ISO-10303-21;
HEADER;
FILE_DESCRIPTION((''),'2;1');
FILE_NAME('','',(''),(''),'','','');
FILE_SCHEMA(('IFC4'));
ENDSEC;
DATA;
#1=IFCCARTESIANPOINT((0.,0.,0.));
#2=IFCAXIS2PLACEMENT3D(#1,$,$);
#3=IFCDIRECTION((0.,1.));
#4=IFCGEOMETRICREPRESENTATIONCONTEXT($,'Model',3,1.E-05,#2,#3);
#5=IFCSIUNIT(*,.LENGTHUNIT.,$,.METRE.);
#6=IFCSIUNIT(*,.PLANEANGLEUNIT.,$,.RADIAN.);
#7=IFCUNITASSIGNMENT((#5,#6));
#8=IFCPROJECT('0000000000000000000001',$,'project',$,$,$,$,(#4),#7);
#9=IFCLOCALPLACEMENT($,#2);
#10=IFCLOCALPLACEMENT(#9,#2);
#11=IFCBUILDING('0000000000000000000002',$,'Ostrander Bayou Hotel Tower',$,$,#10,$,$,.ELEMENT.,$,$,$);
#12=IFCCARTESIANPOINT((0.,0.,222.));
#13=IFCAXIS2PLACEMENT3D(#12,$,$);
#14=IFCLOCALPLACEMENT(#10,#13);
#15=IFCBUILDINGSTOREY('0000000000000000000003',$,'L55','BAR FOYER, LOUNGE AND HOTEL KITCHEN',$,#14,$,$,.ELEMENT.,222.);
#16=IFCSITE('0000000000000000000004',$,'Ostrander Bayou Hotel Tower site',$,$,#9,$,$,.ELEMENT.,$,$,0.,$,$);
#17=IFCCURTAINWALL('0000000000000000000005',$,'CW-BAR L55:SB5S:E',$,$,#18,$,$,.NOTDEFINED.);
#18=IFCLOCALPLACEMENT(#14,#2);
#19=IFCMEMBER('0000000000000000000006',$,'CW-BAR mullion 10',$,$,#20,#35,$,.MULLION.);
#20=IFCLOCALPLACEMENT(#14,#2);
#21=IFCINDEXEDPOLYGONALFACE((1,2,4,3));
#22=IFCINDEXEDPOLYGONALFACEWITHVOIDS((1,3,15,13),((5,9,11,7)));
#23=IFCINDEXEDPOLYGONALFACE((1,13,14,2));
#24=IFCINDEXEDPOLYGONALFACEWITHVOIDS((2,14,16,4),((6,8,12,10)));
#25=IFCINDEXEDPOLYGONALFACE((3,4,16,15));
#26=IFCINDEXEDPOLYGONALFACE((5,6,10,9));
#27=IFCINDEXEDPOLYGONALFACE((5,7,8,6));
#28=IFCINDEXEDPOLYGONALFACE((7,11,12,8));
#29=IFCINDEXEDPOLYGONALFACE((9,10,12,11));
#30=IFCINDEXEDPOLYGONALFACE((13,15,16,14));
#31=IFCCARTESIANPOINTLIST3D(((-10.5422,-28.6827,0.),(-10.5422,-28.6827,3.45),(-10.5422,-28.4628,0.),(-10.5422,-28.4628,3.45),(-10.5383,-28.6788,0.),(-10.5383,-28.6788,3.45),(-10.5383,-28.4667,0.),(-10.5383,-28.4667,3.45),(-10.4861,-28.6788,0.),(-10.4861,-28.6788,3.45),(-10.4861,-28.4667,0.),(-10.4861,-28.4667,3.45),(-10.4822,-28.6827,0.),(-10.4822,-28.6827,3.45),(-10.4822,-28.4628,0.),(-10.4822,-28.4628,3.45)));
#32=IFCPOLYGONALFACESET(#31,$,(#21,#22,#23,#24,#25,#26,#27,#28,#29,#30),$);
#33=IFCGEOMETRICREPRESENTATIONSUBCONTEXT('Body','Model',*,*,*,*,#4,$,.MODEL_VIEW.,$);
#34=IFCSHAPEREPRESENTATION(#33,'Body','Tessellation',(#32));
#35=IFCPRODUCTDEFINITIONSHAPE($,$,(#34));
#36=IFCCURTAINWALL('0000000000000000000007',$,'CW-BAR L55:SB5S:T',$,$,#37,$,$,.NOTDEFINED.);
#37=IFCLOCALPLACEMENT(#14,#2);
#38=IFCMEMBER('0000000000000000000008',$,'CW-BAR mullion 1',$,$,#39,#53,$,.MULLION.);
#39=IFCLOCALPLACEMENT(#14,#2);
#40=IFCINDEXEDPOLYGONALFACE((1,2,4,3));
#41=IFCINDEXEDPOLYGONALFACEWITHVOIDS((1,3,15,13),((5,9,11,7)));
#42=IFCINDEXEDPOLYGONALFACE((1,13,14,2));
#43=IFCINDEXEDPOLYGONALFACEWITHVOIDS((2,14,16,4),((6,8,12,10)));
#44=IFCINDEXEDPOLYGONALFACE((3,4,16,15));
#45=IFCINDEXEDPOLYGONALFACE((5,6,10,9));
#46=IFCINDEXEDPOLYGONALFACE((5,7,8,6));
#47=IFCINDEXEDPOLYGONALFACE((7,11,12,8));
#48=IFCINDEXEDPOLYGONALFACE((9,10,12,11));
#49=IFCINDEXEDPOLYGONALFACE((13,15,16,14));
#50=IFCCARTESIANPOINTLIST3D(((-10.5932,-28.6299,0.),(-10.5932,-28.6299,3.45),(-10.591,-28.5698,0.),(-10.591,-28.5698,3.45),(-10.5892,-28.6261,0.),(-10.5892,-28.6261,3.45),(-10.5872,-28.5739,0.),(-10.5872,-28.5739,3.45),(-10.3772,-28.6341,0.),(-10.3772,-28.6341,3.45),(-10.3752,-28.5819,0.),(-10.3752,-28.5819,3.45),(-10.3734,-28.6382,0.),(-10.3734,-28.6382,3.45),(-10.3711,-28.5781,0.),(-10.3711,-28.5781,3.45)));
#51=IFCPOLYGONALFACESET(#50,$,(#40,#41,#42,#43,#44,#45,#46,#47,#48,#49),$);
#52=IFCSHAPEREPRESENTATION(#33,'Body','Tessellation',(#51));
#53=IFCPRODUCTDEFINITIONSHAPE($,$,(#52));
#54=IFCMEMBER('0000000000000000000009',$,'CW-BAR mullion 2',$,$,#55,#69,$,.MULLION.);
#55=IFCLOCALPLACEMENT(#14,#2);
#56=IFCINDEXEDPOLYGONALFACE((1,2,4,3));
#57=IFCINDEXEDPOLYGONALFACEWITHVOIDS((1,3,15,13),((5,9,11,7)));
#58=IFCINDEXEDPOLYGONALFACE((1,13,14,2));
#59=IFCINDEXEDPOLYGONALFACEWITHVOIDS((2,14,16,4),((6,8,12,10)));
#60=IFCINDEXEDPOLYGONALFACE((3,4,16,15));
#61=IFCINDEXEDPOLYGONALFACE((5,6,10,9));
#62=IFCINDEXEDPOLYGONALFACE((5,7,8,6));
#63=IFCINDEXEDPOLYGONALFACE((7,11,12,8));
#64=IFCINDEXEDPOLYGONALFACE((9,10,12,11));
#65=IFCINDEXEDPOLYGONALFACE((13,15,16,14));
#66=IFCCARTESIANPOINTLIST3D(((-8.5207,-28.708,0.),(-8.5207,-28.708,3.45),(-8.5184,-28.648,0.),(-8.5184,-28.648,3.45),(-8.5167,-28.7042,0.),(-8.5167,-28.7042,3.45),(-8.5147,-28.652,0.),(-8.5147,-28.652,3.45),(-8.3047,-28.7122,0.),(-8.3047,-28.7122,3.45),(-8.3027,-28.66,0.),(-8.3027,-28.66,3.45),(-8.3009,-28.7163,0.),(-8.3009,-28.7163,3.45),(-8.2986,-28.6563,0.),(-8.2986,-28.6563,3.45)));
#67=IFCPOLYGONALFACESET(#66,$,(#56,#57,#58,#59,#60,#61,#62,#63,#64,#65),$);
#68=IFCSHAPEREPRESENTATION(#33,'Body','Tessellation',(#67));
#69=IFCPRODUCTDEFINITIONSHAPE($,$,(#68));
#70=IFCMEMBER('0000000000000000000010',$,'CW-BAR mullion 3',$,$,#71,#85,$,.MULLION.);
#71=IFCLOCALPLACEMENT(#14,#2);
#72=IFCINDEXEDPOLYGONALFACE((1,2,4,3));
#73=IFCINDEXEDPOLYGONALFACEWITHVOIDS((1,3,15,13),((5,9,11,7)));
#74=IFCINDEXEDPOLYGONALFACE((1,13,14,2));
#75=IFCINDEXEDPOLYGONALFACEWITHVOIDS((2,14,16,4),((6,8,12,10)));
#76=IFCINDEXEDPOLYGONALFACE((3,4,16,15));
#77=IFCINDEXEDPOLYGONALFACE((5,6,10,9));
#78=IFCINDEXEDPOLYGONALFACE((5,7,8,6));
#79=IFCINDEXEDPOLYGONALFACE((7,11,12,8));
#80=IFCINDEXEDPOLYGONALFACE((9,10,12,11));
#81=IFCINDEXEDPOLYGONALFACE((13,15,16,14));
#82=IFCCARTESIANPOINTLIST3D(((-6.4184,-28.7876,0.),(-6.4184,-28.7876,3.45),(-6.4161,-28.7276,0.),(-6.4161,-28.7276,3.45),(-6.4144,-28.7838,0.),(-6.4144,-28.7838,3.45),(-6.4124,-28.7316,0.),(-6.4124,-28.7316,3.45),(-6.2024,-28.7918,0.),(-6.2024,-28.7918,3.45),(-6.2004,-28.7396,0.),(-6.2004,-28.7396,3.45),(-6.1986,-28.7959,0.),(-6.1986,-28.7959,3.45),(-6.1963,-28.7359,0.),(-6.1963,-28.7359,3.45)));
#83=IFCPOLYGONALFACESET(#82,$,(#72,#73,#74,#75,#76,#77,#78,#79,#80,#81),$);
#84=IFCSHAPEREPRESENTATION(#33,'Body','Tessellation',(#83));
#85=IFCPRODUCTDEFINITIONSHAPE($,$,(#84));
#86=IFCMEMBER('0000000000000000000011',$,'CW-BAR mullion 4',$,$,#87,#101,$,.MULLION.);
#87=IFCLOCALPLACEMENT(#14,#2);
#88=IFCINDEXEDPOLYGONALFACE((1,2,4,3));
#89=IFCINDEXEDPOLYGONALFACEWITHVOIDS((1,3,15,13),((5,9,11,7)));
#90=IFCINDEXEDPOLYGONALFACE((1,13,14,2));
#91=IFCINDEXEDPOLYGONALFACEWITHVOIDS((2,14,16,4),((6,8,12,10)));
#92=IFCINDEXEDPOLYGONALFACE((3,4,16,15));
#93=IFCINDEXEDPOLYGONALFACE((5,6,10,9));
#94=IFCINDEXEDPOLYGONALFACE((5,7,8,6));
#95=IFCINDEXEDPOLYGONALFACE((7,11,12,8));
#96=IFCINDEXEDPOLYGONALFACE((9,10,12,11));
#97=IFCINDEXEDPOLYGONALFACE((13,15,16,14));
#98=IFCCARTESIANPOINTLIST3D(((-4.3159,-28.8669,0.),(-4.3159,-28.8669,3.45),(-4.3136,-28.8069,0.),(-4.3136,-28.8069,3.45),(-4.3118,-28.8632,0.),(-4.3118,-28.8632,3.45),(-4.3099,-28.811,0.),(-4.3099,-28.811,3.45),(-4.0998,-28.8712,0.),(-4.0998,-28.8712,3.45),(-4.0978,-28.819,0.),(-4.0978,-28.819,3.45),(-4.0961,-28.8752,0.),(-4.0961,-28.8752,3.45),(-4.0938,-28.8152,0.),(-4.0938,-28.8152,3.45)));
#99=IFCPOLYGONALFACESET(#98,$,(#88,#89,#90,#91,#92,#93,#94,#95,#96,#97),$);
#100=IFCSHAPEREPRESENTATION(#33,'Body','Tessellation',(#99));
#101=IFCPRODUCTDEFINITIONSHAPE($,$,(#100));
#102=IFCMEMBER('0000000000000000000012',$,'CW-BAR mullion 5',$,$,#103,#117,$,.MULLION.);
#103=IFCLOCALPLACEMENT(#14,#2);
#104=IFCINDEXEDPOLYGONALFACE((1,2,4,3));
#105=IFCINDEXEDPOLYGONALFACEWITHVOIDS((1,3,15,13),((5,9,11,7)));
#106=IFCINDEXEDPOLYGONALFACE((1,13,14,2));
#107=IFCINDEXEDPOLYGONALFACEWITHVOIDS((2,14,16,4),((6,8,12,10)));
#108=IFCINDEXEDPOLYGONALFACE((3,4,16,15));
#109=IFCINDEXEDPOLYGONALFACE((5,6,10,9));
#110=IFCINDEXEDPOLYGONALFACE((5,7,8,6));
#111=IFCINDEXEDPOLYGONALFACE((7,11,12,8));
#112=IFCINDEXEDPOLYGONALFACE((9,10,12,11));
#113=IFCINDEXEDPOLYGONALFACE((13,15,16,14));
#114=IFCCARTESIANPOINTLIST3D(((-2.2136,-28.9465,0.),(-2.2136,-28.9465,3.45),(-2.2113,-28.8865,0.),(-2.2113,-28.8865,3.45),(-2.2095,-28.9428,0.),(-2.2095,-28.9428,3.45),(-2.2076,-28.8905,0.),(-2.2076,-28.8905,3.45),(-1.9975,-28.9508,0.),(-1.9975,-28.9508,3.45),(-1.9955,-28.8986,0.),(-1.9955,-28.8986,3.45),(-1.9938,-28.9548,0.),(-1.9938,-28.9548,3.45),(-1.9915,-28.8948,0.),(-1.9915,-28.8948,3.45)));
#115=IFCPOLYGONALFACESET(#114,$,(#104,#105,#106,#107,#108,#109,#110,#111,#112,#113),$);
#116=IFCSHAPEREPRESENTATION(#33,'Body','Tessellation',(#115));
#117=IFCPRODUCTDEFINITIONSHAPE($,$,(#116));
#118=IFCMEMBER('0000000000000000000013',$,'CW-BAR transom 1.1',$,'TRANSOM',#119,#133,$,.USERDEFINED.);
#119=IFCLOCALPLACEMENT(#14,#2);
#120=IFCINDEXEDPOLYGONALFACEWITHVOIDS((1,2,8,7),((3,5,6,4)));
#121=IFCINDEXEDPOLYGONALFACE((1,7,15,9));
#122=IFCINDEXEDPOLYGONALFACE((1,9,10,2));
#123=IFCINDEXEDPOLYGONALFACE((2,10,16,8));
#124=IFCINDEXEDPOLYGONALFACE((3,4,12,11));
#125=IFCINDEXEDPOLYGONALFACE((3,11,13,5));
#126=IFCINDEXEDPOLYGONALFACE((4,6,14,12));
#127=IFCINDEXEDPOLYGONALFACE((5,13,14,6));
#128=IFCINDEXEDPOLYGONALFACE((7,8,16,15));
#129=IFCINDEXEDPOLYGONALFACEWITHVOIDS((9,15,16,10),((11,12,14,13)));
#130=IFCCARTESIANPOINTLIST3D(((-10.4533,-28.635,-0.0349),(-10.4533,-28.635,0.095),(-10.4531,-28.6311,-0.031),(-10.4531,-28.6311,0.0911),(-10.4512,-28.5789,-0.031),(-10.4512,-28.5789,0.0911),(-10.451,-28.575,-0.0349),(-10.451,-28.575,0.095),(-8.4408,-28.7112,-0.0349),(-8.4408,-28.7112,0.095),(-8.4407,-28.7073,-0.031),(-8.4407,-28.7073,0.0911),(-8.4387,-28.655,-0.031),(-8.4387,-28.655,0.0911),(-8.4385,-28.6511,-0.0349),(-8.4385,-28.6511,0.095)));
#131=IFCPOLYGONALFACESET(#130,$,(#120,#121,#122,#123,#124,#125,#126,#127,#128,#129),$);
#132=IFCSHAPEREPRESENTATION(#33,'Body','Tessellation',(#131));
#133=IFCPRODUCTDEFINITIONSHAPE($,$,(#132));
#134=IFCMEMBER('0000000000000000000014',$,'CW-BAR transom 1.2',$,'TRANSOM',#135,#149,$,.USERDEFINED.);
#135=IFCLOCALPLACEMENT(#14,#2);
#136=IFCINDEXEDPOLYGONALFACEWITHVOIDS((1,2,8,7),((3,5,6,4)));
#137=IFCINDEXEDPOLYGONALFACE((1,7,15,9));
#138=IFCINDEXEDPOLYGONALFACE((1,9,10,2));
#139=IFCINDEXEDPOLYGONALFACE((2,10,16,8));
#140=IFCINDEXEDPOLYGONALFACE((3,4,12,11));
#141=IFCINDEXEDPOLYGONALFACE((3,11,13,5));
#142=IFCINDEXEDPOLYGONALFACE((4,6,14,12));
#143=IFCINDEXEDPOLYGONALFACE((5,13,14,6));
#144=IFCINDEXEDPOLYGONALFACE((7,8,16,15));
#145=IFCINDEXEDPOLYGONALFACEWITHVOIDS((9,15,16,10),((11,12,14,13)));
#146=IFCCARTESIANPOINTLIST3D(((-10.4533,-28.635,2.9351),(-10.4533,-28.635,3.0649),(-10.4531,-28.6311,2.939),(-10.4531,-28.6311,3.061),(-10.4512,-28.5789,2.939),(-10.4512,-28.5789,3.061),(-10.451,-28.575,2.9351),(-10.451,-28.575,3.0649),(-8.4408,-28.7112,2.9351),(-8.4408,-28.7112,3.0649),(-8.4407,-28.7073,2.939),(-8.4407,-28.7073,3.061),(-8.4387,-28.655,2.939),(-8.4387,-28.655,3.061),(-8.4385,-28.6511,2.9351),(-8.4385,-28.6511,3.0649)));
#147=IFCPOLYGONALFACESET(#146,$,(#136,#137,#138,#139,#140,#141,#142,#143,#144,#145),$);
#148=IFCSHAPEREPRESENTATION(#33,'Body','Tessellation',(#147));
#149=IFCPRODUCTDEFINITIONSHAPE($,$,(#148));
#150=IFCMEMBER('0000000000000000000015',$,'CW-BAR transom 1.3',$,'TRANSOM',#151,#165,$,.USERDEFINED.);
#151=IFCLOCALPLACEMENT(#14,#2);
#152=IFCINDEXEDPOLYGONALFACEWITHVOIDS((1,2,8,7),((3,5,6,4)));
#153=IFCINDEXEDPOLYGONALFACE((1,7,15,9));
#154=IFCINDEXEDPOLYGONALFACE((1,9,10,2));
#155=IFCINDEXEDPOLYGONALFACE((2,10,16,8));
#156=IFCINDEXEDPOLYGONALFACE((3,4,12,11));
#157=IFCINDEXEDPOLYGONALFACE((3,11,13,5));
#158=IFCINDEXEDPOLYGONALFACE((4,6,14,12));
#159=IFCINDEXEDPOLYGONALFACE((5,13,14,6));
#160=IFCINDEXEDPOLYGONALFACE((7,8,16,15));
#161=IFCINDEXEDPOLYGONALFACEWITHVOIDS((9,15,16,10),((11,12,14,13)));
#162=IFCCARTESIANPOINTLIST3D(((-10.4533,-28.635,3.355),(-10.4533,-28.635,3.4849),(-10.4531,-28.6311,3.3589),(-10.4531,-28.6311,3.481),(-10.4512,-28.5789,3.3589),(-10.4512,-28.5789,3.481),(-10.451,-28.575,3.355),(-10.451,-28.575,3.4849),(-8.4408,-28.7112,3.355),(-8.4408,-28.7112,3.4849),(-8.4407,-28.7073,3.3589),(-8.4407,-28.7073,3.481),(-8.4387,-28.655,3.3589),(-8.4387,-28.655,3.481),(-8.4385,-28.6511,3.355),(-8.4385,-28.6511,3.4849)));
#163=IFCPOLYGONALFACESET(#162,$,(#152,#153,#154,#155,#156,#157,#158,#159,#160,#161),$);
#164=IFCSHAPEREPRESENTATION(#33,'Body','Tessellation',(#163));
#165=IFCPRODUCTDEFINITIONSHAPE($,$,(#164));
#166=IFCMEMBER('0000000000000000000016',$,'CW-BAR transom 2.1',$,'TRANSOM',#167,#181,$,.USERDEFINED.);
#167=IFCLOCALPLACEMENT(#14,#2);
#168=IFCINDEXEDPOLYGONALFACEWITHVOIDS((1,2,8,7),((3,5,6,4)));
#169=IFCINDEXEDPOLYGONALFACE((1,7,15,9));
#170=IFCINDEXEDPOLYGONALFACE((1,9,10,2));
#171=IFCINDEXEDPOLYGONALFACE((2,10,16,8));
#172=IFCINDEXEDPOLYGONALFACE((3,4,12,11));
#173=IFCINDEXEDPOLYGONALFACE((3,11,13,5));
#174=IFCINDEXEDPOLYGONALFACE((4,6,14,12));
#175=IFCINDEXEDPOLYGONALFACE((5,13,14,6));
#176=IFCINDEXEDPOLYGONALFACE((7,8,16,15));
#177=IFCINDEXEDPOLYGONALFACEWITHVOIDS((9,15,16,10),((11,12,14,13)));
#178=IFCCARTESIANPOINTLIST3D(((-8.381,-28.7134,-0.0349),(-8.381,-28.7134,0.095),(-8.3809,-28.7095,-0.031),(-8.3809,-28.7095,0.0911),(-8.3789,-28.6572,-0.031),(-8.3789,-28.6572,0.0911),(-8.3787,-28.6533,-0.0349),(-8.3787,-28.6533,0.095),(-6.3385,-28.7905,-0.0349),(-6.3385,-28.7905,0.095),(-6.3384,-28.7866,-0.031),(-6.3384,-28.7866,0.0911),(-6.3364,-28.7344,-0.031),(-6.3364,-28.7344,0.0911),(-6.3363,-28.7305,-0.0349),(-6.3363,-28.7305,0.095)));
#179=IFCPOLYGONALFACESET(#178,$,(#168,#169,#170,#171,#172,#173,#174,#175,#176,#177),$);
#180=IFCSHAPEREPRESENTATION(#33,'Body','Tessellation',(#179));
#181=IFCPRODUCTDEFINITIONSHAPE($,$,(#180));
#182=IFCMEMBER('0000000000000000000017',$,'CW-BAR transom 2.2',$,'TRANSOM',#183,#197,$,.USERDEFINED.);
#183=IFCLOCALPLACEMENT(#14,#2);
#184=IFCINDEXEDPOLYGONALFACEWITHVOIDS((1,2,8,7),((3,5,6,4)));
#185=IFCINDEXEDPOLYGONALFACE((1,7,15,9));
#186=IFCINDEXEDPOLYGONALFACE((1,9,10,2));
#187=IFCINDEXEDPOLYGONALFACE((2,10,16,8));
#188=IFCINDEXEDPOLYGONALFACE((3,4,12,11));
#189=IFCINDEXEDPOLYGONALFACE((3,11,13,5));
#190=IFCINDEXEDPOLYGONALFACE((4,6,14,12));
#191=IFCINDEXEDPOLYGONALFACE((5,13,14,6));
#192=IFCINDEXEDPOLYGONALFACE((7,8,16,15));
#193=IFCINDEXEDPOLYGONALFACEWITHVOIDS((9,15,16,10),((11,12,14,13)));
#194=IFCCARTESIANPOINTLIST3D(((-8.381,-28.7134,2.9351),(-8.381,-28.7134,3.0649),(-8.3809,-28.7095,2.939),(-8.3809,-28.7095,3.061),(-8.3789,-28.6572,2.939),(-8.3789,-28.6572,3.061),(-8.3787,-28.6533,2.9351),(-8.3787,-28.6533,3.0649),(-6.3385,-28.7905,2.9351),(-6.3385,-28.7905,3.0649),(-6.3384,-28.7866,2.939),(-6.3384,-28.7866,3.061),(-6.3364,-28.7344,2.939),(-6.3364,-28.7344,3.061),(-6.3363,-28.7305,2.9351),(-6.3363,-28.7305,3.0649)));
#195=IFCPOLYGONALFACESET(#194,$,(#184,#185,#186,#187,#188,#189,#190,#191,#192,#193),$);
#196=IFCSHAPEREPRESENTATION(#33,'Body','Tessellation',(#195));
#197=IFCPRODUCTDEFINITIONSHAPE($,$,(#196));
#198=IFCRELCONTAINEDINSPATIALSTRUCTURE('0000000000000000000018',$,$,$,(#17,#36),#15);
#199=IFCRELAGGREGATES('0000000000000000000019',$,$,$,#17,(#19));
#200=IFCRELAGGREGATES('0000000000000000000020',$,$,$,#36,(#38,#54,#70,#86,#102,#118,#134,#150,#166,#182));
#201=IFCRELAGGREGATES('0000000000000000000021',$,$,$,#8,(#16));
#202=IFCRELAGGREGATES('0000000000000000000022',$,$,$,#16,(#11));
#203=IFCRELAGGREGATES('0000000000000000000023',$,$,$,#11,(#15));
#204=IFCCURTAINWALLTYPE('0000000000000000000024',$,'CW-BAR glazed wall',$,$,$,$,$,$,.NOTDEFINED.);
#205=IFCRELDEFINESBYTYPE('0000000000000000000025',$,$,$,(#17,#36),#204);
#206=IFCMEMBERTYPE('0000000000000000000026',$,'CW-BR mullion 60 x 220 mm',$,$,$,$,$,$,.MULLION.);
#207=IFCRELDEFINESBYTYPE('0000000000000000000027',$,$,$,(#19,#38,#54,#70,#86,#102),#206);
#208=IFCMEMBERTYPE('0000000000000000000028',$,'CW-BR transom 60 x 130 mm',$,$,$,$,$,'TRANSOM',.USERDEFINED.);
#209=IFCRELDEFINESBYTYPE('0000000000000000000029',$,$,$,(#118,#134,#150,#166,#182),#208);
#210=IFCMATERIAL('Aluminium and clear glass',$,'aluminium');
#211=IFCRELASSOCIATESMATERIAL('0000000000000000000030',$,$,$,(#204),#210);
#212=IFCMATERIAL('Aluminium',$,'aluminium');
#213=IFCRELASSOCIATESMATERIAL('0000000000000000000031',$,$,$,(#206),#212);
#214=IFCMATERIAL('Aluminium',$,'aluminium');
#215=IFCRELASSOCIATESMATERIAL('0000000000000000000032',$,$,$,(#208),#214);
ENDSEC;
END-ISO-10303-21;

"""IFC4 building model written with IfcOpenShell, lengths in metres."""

from ifc_helpers import new_model, si_unit, direction, frame, origin, origin_2d, place, context, subcontext, project, spatial, hollow_rectangle, extrude, material, material_profile, profile_set, type_object, element, aggregate, save


model = new_model("IFC4")

# Units and contexts
model_context = context("Model", 3, precision=1e-05, world=origin(), true_north=direction((0.0, 1.0)))
body_context = subcontext(model_context, "Body", "Model", "MODEL_VIEW")
ifc_project = project(units=[si_unit("LENGTHUNIT", "METRE"), si_unit("PLANEANGLEUNIT", "RADIAN")], contexts=[model_context])

# Site, building, storey
site_placement = place(None, origin())
site = spatial("IfcSite", under=ifc_project, at=site_placement, Name="Ostrander Bayou Hotel Tower site", CompositionType="ELEMENT", RefElevation=0.0)
building_placement = place(site_placement, origin())
building = spatial("IfcBuilding", under=site, at=building_placement, Name="Ostrander Bayou Hotel Tower", CompositionType="ELEMENT")
storey_placement = place(building_placement, frame((0.0, 0.0, 222.0)))
storey = spatial("IfcBuildingStorey", under=building, at=storey_placement, Name="L55", Description="BAR FOYER, LOUNGE AND HOTEL KITCHEN", CompositionType="ELEMENT", Elevation=222.0)

# Curtain wall, member
ifc_material_1 = material(Name="Aluminium and clear glass", Category="aluminium")
curtain_wall_type = type_object("IfcCurtainWallType", Name="CW-BAR glazed wall", PredefinedType="NOTDEFINED", material=ifc_material_1)
curtain_wall_1_placement = place(storey_placement, origin())
curtain_wall_1 = element("IfcCurtainWall", 1, at=curtain_wall_1_placement, inside=storey, type_object=curtain_wall_type, Name="CW-BAR L55:SB5S:E", PredefinedType="NOTDEFINED")
ifc_material_2 = material(Name="Aluminium", Category="aluminium")
ifc_material_profile_1 = material_profile(ifc_material_2, hollow_rectangle(XDim=0.0601, YDim=0.22, WallThickness=0.0039, at=origin_2d()))
ifc_profile_set_1 = profile_set([ifc_material_profile_1], Name="Aluminium")
member_type_1 = type_object("IfcMemberType", Name="CW-BR mullion 60 x 220 mm", PredefinedType="MULLION", material=ifc_profile_set_1)
member_1_placement = place(storey_placement, frame((-10.5122, -28.5728, 0.0), z_axis=(0.0, 0.0, 1.0), x_axis=(1.0, 0.0, 0.0)))
member_1 = element("IfcMember", 2, at=member_1_placement, type_object=member_type_1, Name="CW-BAR mullion 10", PredefinedType="MULLION", context=body_context, shape_type="SweptSolid", body=[
    extrude(hollow_rectangle(XDim=0.0601, YDim=0.22, WallThickness=0.0039, at=origin_2d()), origin(), (0.0, 0.0, 1.0), 3.45),
])

# Curtain wall, members
curtain_wall_2_placement = place(storey_placement, origin())
curtain_wall_2 = element("IfcCurtainWall", 3, at=curtain_wall_2_placement, inside=storey, type_object=curtain_wall_type, Name="CW-BAR L55:SB5S:T", PredefinedType="NOTDEFINED")
member_2_placement = place(storey_placement, frame((-10.4822, -28.604, 0.0), z_axis=(0.0, 0.0, 1.0), x_axis=(0.037758, 0.999287, 0.0)))
member_2 = element("IfcMember", 4, at=member_2_placement, type_object=member_type_1, Name="CW-BAR mullion 1", PredefinedType="MULLION", context=body_context, shape_type="SweptSolid", body=[
    extrude(hollow_rectangle(XDim=0.0601, YDim=0.22, WallThickness=0.0039, at=origin_2d()), origin(), (0.0, 0.0, 1.0), 3.45),
])
member_3_placement = place(storey_placement, frame((-8.4097, -28.6821, 0.0), z_axis=(0.0, 0.0, 1.0), x_axis=(0.037758, 0.999287, 0.0)))
member_3 = element("IfcMember", 5, at=member_3_placement, type_object=member_type_1, Name="CW-BAR mullion 2", PredefinedType="MULLION", context=body_context, shape_type="SweptSolid", body=[
    extrude(hollow_rectangle(XDim=0.0601, YDim=0.22, WallThickness=0.0039, at=origin_2d()), origin(), (0.0, 0.0, 1.0), 3.45),
])
member_4_placement = place(storey_placement, frame((-6.3074, -28.7617, 0.0), z_axis=(0.0, 0.0, 1.0), x_axis=(0.037758, 0.999287, 0.0)))
member_4 = element("IfcMember", 6, at=member_4_placement, type_object=member_type_1, Name="CW-BAR mullion 3", PredefinedType="MULLION", context=body_context, shape_type="SweptSolid", body=[
    extrude(hollow_rectangle(XDim=0.0601, YDim=0.22, WallThickness=0.0039, at=origin_2d()), origin(), (0.0, 0.0, 1.0), 3.45),
])
member_5_placement = place(storey_placement, frame((-4.2048, -28.8411, 0.0), z_axis=(0.0, 0.0, 1.0), x_axis=(0.037758, 0.999287, 0.0)))
member_5 = element("IfcMember", 7, at=member_5_placement, type_object=member_type_1, Name="CW-BAR mullion 4", PredefinedType="MULLION", context=body_context, shape_type="SweptSolid", body=[
    extrude(hollow_rectangle(XDim=0.0601, YDim=0.22, WallThickness=0.0039, at=origin_2d()), origin(), (0.0, 0.0, 1.0), 3.45),
])
member_6_placement = place(storey_placement, frame((-2.1025, -28.9207, 0.0), z_axis=(0.0, 0.0, 1.0), x_axis=(0.037758, 0.999287, 0.0)))
member_6 = element("IfcMember", 8, at=member_6_placement, type_object=member_type_1, Name="CW-BAR mullion 5", PredefinedType="MULLION", context=body_context, shape_type="SweptSolid", body=[
    extrude(hollow_rectangle(XDim=0.0601, YDim=0.22, WallThickness=0.0039, at=origin_2d()), origin(), (0.0, 0.0, 1.0), 3.45),
])
ifc_material_3 = material(Name="Aluminium", Category="aluminium")
ifc_material_profile_2 = material_profile(ifc_material_3, hollow_rectangle(XDim=0.0601, YDim=0.1299, WallThickness=0.0039, at=origin_2d()))
ifc_profile_set_2 = profile_set([ifc_material_profile_2], Name="Aluminium")
member_type_2 = type_object("IfcMemberType", Name="CW-BR transom 60 x 130 mm", ElementType="TRANSOM", PredefinedType="USERDEFINED", material=ifc_profile_set_2)
member_7_placement = place(storey_placement, frame((-10.4521, -28.605, 0.03), z_axis=(0.999284, -0.037823, 0.0), x_axis=(0.037823, 0.999284, 0.0)))
member_7 = element("IfcMember", 9, at=member_7_placement, type_object=member_type_2, Name="CW-BAR transom 1.1", ObjectType="TRANSOM", PredefinedType="USERDEFINED", context=body_context, shape_type="SweptSolid", body=[
    extrude(hollow_rectangle(XDim=0.0601, YDim=0.1299, WallThickness=0.0039, at=origin_2d()), origin(), (0.0, 0.0, 1.0), 2.0139),
])
member_8_placement = place(storey_placement, frame((-10.4521, -28.605, 3.0), z_axis=(0.999284, -0.037823, 0.0), x_axis=(0.037823, 0.999284, 0.0)))
member_8 = element("IfcMember", 10, at=member_8_placement, type_object=member_type_2, Name="CW-BAR transom 1.2", ObjectType="TRANSOM", PredefinedType="USERDEFINED", context=body_context, shape_type="SweptSolid", body=[
    extrude(hollow_rectangle(XDim=0.0601, YDim=0.1299, WallThickness=0.0039, at=origin_2d()), origin(), (0.0, 0.0, 1.0), 2.0139),
])
member_9_placement = place(storey_placement, frame((-10.4521, -28.605, 3.4199), z_axis=(0.999284, -0.037823, 0.0), x_axis=(0.037823, 0.999284, 0.0)))
member_9 = element("IfcMember", 11, at=member_9_placement, type_object=member_type_2, Name="CW-BAR transom 1.3", ObjectType="TRANSOM", PredefinedType="USERDEFINED", context=body_context, shape_type="SweptSolid", body=[
    extrude(hollow_rectangle(XDim=0.0601, YDim=0.1299, WallThickness=0.0039, at=origin_2d()), origin(), (0.0, 0.0, 1.0), 2.0139),
])
member_10_placement = place(storey_placement, frame((-8.3799, -28.6833, 0.03), z_axis=(0.999287, -0.037745, 0.0), x_axis=(0.037745, 0.999287, 0.0)))
member_10 = element("IfcMember", 12, at=member_10_placement, type_object=member_type_2, Name="CW-BAR transom 2.1", ObjectType="TRANSOM", PredefinedType="USERDEFINED", context=body_context, shape_type="SweptSolid", body=[
    extrude(hollow_rectangle(XDim=0.0601, YDim=0.1299, WallThickness=0.0039, at=origin_2d()), origin(), (0.0, 0.0, 1.0), 2.0439),
])
member_11_placement = place(storey_placement, frame((-8.3799, -28.6833, 3.0), z_axis=(0.999287, -0.037745, 0.0), x_axis=(0.037745, 0.999287, 0.0)))
member_11 = element("IfcMember", 13, at=member_11_placement, type_object=member_type_2, Name="CW-BAR transom 2.2", ObjectType="TRANSOM", PredefinedType="USERDEFINED", context=body_context, shape_type="SweptSolid", body=[
    extrude(hollow_rectangle(XDim=0.0601, YDim=0.1299, WallThickness=0.0039, at=origin_2d()), origin(), (0.0, 0.0, 1.0), 2.0439),
])

aggregate(curtain_wall_1, [member_1])
aggregate(curtain_wall_2, [member_2, member_3, member_4, member_5, member_6, member_7, member_8, member_9, member_10, member_11])

save(model, "model.ifc")
